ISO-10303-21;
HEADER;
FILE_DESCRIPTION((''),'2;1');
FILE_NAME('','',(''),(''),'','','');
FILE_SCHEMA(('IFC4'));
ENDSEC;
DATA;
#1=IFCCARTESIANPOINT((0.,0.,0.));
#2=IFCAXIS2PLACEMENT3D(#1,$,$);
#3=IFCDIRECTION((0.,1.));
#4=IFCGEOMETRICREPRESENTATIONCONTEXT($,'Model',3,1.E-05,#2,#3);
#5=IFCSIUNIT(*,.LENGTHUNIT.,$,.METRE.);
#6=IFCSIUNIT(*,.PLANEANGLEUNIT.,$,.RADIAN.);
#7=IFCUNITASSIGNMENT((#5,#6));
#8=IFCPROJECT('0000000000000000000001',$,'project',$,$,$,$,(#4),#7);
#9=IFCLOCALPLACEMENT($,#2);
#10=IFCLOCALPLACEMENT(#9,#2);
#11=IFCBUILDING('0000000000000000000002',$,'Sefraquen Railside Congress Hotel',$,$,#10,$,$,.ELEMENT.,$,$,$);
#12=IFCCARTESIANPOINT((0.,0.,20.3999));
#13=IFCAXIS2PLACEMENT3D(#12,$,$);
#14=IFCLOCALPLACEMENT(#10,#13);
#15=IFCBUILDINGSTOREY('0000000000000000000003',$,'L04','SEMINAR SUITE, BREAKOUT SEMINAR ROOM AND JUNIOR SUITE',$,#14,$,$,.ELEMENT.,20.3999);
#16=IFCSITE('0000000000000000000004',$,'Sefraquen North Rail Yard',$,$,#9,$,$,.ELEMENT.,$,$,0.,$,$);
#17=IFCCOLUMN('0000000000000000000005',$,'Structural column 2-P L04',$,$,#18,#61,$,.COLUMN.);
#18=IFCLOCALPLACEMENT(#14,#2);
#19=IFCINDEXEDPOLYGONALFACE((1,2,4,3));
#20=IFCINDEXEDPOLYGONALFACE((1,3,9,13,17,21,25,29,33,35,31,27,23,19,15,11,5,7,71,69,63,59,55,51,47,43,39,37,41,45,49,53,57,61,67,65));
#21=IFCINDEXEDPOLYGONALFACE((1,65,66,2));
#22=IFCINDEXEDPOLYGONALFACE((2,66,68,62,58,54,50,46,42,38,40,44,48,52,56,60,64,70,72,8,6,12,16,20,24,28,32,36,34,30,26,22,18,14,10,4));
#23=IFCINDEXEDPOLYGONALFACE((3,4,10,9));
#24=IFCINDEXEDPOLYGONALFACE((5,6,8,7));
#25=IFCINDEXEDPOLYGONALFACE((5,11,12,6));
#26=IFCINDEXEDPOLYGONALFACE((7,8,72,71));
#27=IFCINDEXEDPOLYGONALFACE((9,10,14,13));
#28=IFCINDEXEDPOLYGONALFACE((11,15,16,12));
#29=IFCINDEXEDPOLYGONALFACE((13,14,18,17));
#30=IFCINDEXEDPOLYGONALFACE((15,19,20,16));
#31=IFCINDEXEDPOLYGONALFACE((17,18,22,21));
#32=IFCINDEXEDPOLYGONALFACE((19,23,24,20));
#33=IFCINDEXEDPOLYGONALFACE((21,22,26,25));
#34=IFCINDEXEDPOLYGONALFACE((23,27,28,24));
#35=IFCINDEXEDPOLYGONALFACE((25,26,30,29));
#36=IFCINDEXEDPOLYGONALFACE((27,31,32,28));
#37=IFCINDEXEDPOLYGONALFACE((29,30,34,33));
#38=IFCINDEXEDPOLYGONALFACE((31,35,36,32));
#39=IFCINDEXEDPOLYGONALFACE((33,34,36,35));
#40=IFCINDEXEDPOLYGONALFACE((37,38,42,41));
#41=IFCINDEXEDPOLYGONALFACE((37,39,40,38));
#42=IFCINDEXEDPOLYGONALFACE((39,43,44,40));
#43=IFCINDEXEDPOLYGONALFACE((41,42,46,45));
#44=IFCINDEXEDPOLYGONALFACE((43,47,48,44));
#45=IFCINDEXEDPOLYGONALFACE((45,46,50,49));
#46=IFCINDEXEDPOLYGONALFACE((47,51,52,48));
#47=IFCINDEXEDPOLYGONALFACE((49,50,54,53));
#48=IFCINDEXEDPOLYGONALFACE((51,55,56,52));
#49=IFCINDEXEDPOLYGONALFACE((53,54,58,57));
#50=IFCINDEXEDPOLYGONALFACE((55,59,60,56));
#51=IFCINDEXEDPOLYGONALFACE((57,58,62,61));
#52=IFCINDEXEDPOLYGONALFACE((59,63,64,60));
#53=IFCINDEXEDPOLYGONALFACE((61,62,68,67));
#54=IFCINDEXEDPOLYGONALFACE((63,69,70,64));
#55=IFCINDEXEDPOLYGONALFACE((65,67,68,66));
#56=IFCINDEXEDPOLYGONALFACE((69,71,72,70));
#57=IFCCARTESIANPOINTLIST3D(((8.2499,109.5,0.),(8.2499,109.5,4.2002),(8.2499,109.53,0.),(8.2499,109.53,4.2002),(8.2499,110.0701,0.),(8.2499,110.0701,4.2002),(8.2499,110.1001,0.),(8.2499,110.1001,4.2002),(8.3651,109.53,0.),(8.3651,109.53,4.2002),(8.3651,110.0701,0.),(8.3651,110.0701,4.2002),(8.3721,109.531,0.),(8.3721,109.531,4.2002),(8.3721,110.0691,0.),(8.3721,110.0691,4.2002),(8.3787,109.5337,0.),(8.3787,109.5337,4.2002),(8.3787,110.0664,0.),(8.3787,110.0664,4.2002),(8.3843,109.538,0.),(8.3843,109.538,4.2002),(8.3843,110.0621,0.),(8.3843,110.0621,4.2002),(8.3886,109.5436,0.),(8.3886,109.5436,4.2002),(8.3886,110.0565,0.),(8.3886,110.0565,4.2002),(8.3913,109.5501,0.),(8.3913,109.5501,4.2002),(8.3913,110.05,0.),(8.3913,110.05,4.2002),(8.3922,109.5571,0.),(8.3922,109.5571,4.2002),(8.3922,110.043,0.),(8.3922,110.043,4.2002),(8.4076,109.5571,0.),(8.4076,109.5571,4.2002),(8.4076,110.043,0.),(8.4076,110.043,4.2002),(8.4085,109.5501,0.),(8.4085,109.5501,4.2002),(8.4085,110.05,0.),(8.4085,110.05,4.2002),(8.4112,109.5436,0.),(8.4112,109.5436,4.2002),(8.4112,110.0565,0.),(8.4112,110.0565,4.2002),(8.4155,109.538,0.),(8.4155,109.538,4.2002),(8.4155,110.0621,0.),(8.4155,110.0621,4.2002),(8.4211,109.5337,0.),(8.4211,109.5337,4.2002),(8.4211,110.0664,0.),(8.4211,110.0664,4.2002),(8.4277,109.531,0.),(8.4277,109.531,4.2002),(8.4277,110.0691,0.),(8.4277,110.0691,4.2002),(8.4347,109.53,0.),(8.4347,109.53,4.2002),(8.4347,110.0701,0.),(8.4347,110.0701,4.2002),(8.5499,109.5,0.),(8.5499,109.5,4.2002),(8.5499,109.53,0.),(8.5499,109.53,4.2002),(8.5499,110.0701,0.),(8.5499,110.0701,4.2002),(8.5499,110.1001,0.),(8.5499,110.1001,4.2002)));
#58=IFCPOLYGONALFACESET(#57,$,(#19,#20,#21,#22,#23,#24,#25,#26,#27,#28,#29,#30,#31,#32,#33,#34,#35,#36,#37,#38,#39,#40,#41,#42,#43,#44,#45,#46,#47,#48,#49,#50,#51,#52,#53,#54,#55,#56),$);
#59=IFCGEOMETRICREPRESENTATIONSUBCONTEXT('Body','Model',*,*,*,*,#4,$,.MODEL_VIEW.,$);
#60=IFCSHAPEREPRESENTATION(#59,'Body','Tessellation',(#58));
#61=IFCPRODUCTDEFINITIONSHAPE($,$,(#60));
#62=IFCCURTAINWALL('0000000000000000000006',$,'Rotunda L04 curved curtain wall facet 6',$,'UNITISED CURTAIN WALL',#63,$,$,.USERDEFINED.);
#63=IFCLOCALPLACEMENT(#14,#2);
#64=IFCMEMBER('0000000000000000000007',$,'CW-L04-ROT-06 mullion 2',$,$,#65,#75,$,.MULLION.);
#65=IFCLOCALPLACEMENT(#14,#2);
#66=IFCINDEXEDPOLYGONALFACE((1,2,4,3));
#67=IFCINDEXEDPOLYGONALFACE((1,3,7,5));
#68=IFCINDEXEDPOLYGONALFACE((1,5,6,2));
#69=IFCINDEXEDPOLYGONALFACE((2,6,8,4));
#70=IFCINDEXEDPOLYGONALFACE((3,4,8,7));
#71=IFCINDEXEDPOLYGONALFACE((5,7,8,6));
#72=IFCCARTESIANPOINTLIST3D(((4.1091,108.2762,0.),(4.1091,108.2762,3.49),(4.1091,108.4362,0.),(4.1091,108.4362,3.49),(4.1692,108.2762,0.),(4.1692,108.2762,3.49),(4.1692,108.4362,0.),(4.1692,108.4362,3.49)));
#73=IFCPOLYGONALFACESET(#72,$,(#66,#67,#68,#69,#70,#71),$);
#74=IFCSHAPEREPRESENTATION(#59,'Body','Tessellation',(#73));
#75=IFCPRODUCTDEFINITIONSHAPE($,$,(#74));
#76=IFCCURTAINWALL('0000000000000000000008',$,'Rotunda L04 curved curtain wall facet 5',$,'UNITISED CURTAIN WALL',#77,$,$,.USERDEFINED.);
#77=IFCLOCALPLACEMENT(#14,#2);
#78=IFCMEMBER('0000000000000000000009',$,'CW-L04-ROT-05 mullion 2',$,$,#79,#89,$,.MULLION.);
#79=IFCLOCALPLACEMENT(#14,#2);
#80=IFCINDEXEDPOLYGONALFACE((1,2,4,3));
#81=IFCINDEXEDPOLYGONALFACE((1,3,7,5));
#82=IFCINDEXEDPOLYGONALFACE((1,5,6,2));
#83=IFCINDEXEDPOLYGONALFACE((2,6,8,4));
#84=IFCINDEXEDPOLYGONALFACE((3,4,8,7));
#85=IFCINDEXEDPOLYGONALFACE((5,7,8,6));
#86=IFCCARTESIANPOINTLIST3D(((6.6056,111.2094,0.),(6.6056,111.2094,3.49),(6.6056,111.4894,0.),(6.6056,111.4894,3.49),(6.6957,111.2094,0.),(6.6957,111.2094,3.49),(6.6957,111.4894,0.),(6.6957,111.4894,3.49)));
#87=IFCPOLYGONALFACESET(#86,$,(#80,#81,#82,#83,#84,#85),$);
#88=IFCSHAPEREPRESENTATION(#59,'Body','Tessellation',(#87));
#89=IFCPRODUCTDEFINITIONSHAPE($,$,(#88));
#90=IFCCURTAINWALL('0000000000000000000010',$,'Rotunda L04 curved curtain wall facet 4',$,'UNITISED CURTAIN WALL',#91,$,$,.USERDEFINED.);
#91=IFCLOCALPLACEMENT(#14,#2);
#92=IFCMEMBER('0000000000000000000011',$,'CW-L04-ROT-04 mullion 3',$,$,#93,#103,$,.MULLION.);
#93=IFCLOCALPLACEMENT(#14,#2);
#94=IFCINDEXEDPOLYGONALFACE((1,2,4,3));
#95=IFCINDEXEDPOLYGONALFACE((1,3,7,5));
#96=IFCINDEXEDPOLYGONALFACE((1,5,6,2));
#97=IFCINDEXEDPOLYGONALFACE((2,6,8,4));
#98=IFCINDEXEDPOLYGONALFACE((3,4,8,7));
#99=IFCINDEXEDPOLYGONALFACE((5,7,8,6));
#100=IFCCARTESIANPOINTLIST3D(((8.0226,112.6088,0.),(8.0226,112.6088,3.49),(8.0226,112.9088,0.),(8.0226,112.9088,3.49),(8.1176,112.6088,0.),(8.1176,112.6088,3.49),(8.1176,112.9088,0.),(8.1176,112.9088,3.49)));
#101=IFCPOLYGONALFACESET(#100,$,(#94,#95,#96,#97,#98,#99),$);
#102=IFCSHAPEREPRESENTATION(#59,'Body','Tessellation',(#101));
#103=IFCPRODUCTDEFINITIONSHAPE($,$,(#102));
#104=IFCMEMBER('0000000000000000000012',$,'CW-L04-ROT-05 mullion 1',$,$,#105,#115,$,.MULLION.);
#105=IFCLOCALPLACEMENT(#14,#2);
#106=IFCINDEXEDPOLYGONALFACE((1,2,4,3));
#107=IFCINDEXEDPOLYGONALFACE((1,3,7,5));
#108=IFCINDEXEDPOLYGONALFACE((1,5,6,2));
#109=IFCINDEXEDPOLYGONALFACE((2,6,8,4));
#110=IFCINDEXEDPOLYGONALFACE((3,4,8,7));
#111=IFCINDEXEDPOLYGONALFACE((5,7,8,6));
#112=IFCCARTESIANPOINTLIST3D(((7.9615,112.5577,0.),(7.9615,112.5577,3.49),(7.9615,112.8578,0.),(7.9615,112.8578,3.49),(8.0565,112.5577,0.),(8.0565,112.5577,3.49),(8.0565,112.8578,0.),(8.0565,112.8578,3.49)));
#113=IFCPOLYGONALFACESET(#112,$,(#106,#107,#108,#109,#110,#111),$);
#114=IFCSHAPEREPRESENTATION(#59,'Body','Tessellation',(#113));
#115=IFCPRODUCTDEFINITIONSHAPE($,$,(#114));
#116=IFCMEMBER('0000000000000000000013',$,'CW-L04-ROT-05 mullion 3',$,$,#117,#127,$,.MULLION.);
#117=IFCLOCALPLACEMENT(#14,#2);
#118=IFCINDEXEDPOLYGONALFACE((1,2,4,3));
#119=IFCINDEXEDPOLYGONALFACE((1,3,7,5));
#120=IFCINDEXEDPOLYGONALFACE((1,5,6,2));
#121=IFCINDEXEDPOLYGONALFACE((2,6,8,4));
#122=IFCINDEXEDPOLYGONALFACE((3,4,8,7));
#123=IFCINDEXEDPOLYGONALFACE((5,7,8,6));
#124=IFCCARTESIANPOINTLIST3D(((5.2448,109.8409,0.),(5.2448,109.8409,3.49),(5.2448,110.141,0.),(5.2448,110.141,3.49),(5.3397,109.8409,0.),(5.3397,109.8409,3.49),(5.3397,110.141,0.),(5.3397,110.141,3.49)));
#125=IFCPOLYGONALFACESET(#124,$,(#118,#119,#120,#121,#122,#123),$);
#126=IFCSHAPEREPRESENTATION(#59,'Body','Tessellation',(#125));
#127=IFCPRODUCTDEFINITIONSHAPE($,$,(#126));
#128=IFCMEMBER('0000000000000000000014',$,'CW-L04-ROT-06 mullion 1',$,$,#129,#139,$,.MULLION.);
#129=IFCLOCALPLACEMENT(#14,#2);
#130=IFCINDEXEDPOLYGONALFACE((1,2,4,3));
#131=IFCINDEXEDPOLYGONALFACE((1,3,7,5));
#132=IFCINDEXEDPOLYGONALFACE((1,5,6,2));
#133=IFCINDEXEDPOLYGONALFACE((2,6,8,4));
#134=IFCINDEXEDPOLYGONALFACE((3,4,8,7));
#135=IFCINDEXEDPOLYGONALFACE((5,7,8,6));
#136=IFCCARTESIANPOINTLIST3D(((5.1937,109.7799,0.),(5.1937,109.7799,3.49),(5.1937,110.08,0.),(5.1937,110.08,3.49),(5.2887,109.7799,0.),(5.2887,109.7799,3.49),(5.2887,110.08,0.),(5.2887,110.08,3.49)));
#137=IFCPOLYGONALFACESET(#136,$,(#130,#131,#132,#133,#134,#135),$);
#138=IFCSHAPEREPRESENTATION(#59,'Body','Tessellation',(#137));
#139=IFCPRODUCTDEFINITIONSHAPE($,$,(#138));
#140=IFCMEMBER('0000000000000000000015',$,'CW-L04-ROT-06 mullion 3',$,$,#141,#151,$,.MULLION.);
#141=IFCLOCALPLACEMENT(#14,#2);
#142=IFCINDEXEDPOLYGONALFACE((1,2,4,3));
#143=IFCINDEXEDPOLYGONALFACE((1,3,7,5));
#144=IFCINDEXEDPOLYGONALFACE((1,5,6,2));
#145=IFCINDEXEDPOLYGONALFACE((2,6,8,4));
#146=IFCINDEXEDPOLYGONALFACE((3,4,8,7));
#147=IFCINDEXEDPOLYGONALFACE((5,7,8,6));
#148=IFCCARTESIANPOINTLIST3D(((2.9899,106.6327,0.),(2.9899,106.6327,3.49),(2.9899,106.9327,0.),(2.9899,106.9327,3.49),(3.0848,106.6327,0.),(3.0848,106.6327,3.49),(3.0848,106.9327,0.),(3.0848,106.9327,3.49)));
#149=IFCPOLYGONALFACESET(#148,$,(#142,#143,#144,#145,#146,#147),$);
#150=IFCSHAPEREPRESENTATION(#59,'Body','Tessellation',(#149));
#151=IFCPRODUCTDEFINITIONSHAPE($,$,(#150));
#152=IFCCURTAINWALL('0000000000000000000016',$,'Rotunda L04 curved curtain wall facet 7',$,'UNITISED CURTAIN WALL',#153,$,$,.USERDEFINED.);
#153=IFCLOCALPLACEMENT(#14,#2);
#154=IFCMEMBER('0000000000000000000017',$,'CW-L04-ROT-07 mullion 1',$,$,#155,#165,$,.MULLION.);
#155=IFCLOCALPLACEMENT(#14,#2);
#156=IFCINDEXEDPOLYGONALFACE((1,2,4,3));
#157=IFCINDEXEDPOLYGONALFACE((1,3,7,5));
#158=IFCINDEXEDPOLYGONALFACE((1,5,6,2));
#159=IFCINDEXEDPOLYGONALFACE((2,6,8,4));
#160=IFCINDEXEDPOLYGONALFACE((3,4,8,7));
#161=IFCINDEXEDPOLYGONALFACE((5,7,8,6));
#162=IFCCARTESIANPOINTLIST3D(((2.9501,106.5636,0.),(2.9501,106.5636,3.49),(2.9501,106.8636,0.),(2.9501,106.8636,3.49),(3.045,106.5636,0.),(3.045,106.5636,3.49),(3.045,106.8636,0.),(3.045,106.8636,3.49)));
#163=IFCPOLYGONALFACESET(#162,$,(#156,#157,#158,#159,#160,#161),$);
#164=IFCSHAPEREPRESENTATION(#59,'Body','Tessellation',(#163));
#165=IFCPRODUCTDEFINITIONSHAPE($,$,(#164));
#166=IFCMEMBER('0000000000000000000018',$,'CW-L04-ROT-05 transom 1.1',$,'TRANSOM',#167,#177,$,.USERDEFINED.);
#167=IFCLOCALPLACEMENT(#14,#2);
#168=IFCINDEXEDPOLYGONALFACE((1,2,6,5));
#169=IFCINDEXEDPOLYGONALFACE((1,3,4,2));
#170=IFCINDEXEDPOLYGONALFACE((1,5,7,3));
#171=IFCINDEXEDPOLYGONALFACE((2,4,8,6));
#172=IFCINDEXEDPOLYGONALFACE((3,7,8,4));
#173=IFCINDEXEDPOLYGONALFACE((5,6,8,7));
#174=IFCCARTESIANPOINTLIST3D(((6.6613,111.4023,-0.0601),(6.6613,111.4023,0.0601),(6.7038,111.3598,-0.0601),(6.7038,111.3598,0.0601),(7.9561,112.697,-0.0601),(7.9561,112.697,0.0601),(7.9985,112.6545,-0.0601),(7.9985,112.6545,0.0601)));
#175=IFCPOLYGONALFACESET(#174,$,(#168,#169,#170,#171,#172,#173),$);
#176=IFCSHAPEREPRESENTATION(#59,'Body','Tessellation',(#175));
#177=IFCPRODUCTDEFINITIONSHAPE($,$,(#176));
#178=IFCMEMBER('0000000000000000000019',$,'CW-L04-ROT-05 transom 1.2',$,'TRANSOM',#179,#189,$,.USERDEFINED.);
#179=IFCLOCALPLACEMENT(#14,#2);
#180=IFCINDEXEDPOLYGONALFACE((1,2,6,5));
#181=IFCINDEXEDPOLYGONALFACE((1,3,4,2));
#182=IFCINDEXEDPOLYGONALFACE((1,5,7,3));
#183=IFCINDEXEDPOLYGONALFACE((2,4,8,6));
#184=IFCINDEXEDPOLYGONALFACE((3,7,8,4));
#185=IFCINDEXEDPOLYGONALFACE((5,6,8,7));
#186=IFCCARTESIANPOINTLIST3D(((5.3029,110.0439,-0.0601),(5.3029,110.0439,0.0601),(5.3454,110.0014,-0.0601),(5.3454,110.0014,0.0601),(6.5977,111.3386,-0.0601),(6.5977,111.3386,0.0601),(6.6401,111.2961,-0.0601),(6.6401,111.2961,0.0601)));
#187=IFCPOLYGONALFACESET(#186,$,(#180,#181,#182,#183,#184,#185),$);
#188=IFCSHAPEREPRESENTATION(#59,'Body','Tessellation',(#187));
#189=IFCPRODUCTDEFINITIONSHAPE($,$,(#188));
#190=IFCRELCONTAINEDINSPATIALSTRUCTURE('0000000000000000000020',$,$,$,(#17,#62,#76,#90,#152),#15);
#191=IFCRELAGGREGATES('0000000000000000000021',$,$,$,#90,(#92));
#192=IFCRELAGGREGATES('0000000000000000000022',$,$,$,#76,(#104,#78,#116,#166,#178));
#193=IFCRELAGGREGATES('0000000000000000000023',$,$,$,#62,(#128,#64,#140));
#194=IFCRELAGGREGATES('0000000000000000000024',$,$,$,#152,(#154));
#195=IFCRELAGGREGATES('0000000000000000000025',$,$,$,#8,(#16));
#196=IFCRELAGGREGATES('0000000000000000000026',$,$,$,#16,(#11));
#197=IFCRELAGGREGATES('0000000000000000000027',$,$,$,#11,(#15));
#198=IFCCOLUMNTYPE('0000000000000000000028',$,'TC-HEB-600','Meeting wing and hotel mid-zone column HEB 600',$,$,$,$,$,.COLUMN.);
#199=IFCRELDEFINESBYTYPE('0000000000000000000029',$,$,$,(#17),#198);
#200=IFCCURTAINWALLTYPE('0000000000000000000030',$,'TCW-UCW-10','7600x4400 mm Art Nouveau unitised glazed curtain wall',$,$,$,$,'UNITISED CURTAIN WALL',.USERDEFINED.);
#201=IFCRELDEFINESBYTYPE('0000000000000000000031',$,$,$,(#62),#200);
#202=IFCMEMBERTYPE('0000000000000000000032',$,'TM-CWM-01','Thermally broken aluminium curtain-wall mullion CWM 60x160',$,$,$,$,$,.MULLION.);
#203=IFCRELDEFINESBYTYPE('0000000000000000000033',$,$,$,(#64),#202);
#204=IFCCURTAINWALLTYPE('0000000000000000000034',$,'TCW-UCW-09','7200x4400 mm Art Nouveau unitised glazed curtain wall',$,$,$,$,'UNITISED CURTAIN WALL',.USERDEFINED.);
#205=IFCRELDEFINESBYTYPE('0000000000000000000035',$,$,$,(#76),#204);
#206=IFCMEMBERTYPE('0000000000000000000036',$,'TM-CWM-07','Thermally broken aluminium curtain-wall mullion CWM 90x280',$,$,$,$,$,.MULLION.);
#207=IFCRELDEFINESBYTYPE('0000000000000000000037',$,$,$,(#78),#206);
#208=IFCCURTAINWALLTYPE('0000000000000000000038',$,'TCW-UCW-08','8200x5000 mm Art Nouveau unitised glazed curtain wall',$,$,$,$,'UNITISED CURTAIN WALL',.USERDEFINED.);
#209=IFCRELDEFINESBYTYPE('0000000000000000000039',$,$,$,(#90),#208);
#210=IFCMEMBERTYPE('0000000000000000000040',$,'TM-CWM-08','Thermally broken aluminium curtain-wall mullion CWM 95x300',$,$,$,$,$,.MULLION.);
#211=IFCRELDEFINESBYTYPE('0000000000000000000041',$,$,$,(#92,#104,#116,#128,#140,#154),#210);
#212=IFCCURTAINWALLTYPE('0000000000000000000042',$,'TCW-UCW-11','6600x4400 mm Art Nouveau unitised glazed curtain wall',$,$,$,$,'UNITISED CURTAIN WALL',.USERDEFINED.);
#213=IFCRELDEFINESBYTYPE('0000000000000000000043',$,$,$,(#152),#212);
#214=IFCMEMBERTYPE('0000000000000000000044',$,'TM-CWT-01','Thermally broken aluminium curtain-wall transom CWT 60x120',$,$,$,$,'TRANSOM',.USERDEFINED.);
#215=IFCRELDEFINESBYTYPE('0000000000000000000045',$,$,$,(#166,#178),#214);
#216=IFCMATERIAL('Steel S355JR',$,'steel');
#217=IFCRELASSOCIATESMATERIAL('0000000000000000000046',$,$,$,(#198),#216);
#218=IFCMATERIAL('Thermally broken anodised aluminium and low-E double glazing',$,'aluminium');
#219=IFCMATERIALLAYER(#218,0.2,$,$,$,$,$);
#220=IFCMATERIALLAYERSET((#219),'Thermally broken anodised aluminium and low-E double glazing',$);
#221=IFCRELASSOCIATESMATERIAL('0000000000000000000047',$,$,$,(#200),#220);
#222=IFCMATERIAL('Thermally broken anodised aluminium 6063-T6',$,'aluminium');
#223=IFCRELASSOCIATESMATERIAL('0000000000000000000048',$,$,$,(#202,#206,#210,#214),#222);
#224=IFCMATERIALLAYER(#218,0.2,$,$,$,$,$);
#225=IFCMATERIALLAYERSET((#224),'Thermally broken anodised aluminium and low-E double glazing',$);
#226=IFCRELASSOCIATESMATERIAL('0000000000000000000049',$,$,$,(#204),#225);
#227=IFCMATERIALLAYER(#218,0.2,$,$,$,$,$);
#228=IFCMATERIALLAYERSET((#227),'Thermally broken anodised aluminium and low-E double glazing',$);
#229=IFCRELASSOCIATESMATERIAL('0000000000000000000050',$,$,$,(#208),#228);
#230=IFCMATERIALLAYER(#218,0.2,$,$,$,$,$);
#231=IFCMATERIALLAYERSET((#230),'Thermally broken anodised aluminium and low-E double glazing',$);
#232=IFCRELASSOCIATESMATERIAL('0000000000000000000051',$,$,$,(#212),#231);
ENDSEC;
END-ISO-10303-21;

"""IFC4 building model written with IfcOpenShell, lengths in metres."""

from ifc_helpers import new_model, si_unit, direction, frame, origin, origin_2d, place, context, subcontext, project, spatial, rectangle, i_section, extrude, material, layer, layer_set, material_profile, profile_set, type_object, element, aggregate, save


model = new_model("IFC4")

# Units and contexts
model_context = context("Model", 3, precision=1e-05, world=origin(), true_north=direction((0.0, 1.0)))
body_context = subcontext(model_context, "Body", "Model", "MODEL_VIEW")
ifc_project = project(units=[si_unit("LENGTHUNIT", "METRE"), si_unit("PLANEANGLEUNIT", "RADIAN")], contexts=[model_context])

# Site, building, storey
site_placement = place(None, origin())
site = spatial("IfcSite", under=ifc_project, at=site_placement, Name="Sefraquen North Rail Yard", CompositionType="ELEMENT", RefElevation=0.0)
building_placement = place(site_placement, origin())
building = spatial("IfcBuilding", under=site, at=building_placement, Name="Sefraquen Railside Congress Hotel", CompositionType="ELEMENT")
storey_placement = place(building_placement, frame((0.0, 0.0, 20.3999)))
storey = spatial("IfcBuildingStorey", under=building, at=storey_placement, Name="L04", Description="SEMINAR SUITE, BREAKOUT SEMINAR ROOM AND JUNIOR SUITE", CompositionType="ELEMENT", Elevation=20.3999)

# Column
ifc_material_1 = material(Name="Steel S355JR", Category="steel")
ifc_material_profile_1 = material_profile(ifc_material_1, i_section(OverallWidth=0.3, OverallDepth=0.6001, WebThickness=0.0154, FlangeThickness=0.03, FilletRadius=0.0271, at=origin_2d()), Name="HEB 600")
ifc_profile_set_1 = profile_set([ifc_material_profile_1], Name="Steel S355JR")
column_type = type_object("IfcColumnType", Name="TC-HEB-600", Description="Meeting wing and hotel mid-zone column HEB 600", PredefinedType="COLUMN", material=ifc_profile_set_1)
column_placement = place(storey_placement, frame((8.3999, 109.8, 0.0), z_axis=(0.0, 0.0, 1.0), x_axis=(1.0, 0.0, 0.0)))
element("IfcColumn", 1, at=column_placement, inside=storey, type_object=column_type, Name="Structural column 2-P L04", PredefinedType="COLUMN", context=body_context, shape_type="SweptSolid", body=[
    extrude(i_section(OverallWidth=0.3, OverallDepth=0.6001, WebThickness=0.0154, FlangeThickness=0.03, FilletRadius=0.0271, at=origin_2d()), origin(), (0.0, 0.0, 1.0), 4.2002),
])

# Curtain walls, members
ifc_material_2 = material(Name="Thermally broken anodised aluminium and low-E double glazing", Category="aluminium")
ifc_layer_1 = layer(ifc_material_2, 0.2)
ifc_layer_set_1 = layer_set([ifc_layer_1], Name="Thermally broken anodised aluminium and low-E double glazing")
curtain_wall_type_1 = type_object("IfcCurtainWallType", Name="TCW-UCW-10", Description="7600x4400 mm Art Nouveau unitised glazed curtain wall", ElementType="UNITISED CURTAIN WALL", PredefinedType="USERDEFINED", material=ifc_layer_set_1)
curtain_wall_1_placement = place(storey_placement, origin())
curtain_wall_1 = element("IfcCurtainWall", 2, at=curtain_wall_1_placement, inside=storey, type_object=curtain_wall_type_1, Name="Rotunda L04 curved curtain wall facet 6", ObjectType="UNITISED CURTAIN WALL", PredefinedType="USERDEFINED")
ifc_material_3 = material(Name="Thermally broken anodised aluminium 6063-T6", Category="aluminium")
ifc_material_profile_2 = material_profile(ifc_material_3, rectangle(XDim=0.0601, YDim=0.1599, at=origin_2d()), Name="CWM 60x160")
ifc_profile_set_2 = profile_set([ifc_material_profile_2], Name="Thermally broken anodised aluminium 6063-T6")
member_type_1 = type_object("IfcMemberType", Name="TM-CWM-01", Description="Thermally broken aluminium curtain-wall mullion CWM 60x160", PredefinedType="MULLION", material=ifc_profile_set_2)
member_1_placement = place(storey_placement, frame((4.1392, 108.3562, 0.0), z_axis=(0.0, 0.0, 1.0), x_axis=(1.0, 0.0, 0.0)))
member_1 = element("IfcMember", 3, at=member_1_placement, type_object=member_type_1, Name="CW-L04-ROT-06 mullion 2", PredefinedType="MULLION", context=body_context, shape_type="SweptSolid", body=[
    extrude(rectangle(XDim=0.0601, YDim=0.1599, at=origin_2d()), origin(), (0.0, 0.0, 1.0), 3.49),
])
ifc_layer_2 = layer(ifc_material_2, 0.2)
ifc_layer_set_2 = layer_set([ifc_layer_2], Name="Thermally broken anodised aluminium and low-E double glazing")
curtain_wall_type_2 = type_object("IfcCurtainWallType", Name="TCW-UCW-09", Description="7200x4400 mm Art Nouveau unitised glazed curtain wall", ElementType="UNITISED CURTAIN WALL", PredefinedType="USERDEFINED", material=ifc_layer_set_2)
curtain_wall_2_placement = place(storey_placement, origin())
curtain_wall_2 = element("IfcCurtainWall", 4, at=curtain_wall_2_placement, inside=storey, type_object=curtain_wall_type_2, Name="Rotunda L04 curved curtain wall facet 5", ObjectType="UNITISED CURTAIN WALL", PredefinedType="USERDEFINED")
ifc_material_profile_3 = material_profile(ifc_material_3, rectangle(XDim=0.0901, YDim=0.28, at=origin_2d()), Name="CWM 90x280")
ifc_profile_set_3 = profile_set([ifc_material_profile_3], Name="Thermally broken anodised aluminium 6063-T6")
member_type_2 = type_object("IfcMemberType", Name="TM-CWM-07", Description="Thermally broken aluminium curtain-wall mullion CWM 90x280", PredefinedType="MULLION", material=ifc_profile_set_3)
member_2_placement = place(storey_placement, frame((6.6506, 111.3494, 0.0), z_axis=(0.0, 0.0, 1.0), x_axis=(1.0, 0.0, 0.0)))
member_2 = element("IfcMember", 5, at=member_2_placement, type_object=member_type_2, Name="CW-L04-ROT-05 mullion 2", PredefinedType="MULLION", context=body_context, shape_type="SweptSolid", body=[
    extrude(rectangle(XDim=0.0901, YDim=0.28, at=origin_2d()), origin(), (0.0, 0.0, 1.0), 3.49),
])
ifc_layer_3 = layer(ifc_material_2, 0.2)
ifc_layer_set_3 = layer_set([ifc_layer_3], Name="Thermally broken anodised aluminium and low-E double glazing")
curtain_wall_type_3 = type_object("IfcCurtainWallType", Name="TCW-UCW-08", Description="8200x5000 mm Art Nouveau unitised glazed curtain wall", ElementType="UNITISED CURTAIN WALL", PredefinedType="USERDEFINED", material=ifc_layer_set_3)
curtain_wall_3_placement = place(storey_placement, origin())
curtain_wall_3 = element("IfcCurtainWall", 6, at=curtain_wall_3_placement, inside=storey, type_object=curtain_wall_type_3, Name="Rotunda L04 curved curtain wall facet 4", ObjectType="UNITISED CURTAIN WALL", PredefinedType="USERDEFINED")
ifc_material_profile_4 = material_profile(ifc_material_3, rectangle(XDim=0.095, YDim=0.3, at=origin_2d()), Name="CWM 95x300")
ifc_profile_set_4 = profile_set([ifc_material_profile_4], Name="Thermally broken anodised aluminium 6063-T6")
member_type_3 = type_object("IfcMemberType", Name="TM-CWM-08", Description="Thermally broken aluminium curtain-wall mullion CWM 95x300", PredefinedType="MULLION", material=ifc_profile_set_4)
member_3_placement = place(storey_placement, frame((8.0701, 112.7588, 0.0), z_axis=(0.0, 0.0, 1.0), x_axis=(1.0, 0.0, 0.0)))
member_3 = element("IfcMember", 7, at=member_3_placement, type_object=member_type_3, Name="CW-L04-ROT-04 mullion 3", PredefinedType="MULLION", context=body_context, shape_type="SweptSolid", body=[
    extrude(rectangle(XDim=0.095, YDim=0.3, at=origin_2d()), origin(), (0.0, 0.0, 1.0), 3.49),
])
aggregate(curtain_wall_3, [member_3])

# Members
member_4_placement = place(storey_placement, frame((8.009, 112.7078, 0.0), z_axis=(0.0, 0.0, 1.0), x_axis=(1.0, 0.0, 0.0)))
member_4 = element("IfcMember", 8, at=member_4_placement, type_object=member_type_3, Name="CW-L04-ROT-05 mullion 1", PredefinedType="MULLION", context=body_context, shape_type="SweptSolid", body=[
    extrude(rectangle(XDim=0.095, YDim=0.3, at=origin_2d()), origin(), (0.0, 0.0, 1.0), 3.49),
])
member_5_placement = place(storey_placement, frame((5.2922, 109.991, 0.0), z_axis=(0.0, 0.0, 1.0), x_axis=(1.0, 0.0, 0.0)))
member_5 = element("IfcMember", 9, at=member_5_placement, type_object=member_type_3, Name="CW-L04-ROT-05 mullion 3", PredefinedType="MULLION", context=body_context, shape_type="SweptSolid", body=[
    extrude(rectangle(XDim=0.095, YDim=0.3, at=origin_2d()), origin(), (0.0, 0.0, 1.0), 3.49),
])
member_6_placement = place(storey_placement, frame((5.2412, 109.9299, 0.0), z_axis=(0.0, 0.0, 1.0), x_axis=(1.0, 0.0, 0.0)))
member_6 = element("IfcMember", 10, at=member_6_placement, type_object=member_type_3, Name="CW-L04-ROT-06 mullion 1", PredefinedType="MULLION", context=body_context, shape_type="SweptSolid", body=[
    extrude(rectangle(XDim=0.095, YDim=0.3, at=origin_2d()), origin(), (0.0, 0.0, 1.0), 3.49),
])
member_7_placement = place(storey_placement, frame((3.0374, 106.7827, 0.0), z_axis=(0.0, 0.0, 1.0), x_axis=(1.0, 0.0, 0.0)))
member_7 = element("IfcMember", 11, at=member_7_placement, type_object=member_type_3, Name="CW-L04-ROT-06 mullion 3", PredefinedType="MULLION", context=body_context, shape_type="SweptSolid", body=[
    extrude(rectangle(XDim=0.095, YDim=0.3, at=origin_2d()), origin(), (0.0, 0.0, 1.0), 3.49),
])

# Curtain wall, member
ifc_layer_4 = layer(ifc_material_2, 0.2)
ifc_layer_set_4 = layer_set([ifc_layer_4], Name="Thermally broken anodised aluminium and low-E double glazing")
curtain_wall_type_4 = type_object("IfcCurtainWallType", Name="TCW-UCW-11", Description="6600x4400 mm Art Nouveau unitised glazed curtain wall", ElementType="UNITISED CURTAIN WALL", PredefinedType="USERDEFINED", material=ifc_layer_set_4)
curtain_wall_4_placement = place(storey_placement, origin())
curtain_wall_4 = element("IfcCurtainWall", 12, at=curtain_wall_4_placement, inside=storey, type_object=curtain_wall_type_4, Name="Rotunda L04 curved curtain wall facet 7", ObjectType="UNITISED CURTAIN WALL", PredefinedType="USERDEFINED")
member_8_placement = place(storey_placement, frame((2.9976, 106.7136, 0.0), z_axis=(0.0, 0.0, 1.0), x_axis=(1.0, 0.0, 0.0)))
member_8 = element("IfcMember", 13, at=member_8_placement, type_object=member_type_3, Name="CW-L04-ROT-07 mullion 1", PredefinedType="MULLION", context=body_context, shape_type="SweptSolid", body=[
    extrude(rectangle(XDim=0.095, YDim=0.3, at=origin_2d()), origin(), (0.0, 0.0, 1.0), 3.49),
])

# Members
ifc_material_profile_5 = material_profile(ifc_material_3, rectangle(XDim=0.0601, YDim=0.1201, at=origin_2d()), Name="CWT 60x120")
ifc_profile_set_5 = profile_set([ifc_material_profile_5], Name="Thermally broken anodised aluminium 6063-T6")
member_type_4 = type_object("IfcMemberType", Name="TM-CWT-01", Description="Thermally broken aluminium curtain-wall transom CWT 60x120", ElementType="TRANSOM", PredefinedType="USERDEFINED", material=ifc_profile_set_5)
member_9_placement = place(storey_placement, frame((7.9773, 112.6758, 0.0), z_axis=(-0.707107, -0.707107, 0.0), x_axis=(0.707107, -0.707107, 0.0)))
member_9 = element("IfcMember", 14, at=member_9_placement, type_object=member_type_4, Name="CW-L04-ROT-05 transom 1.1", ObjectType="TRANSOM", PredefinedType="USERDEFINED", context=body_context, shape_type="SweptSolid", body=[
    extrude(rectangle(XDim=0.0601, YDim=0.1201, at=origin_2d()), origin(), (0.0, 0.0, 1.0), 1.8311),
])
member_10_placement = place(storey_placement, frame((6.6189, 111.3174, 0.0), z_axis=(-0.707107, -0.707107, 0.0), x_axis=(0.707107, -0.707107, 0.0)))
member_10 = element("IfcMember", 15, at=member_10_placement, type_object=member_type_4, Name="CW-L04-ROT-05 transom 1.2", ObjectType="TRANSOM", PredefinedType="USERDEFINED", context=body_context, shape_type="SweptSolid", body=[
    extrude(rectangle(XDim=0.0601, YDim=0.1201, at=origin_2d()), origin(), (0.0, 0.0, 1.0), 1.8311),
])

aggregate(curtain_wall_2, [member_4, member_2, member_5, member_9, member_10])
aggregate(curtain_wall_1, [member_6, member_1, member_7])
aggregate(curtain_wall_4, [member_8])

save(model, "model.ifc")
